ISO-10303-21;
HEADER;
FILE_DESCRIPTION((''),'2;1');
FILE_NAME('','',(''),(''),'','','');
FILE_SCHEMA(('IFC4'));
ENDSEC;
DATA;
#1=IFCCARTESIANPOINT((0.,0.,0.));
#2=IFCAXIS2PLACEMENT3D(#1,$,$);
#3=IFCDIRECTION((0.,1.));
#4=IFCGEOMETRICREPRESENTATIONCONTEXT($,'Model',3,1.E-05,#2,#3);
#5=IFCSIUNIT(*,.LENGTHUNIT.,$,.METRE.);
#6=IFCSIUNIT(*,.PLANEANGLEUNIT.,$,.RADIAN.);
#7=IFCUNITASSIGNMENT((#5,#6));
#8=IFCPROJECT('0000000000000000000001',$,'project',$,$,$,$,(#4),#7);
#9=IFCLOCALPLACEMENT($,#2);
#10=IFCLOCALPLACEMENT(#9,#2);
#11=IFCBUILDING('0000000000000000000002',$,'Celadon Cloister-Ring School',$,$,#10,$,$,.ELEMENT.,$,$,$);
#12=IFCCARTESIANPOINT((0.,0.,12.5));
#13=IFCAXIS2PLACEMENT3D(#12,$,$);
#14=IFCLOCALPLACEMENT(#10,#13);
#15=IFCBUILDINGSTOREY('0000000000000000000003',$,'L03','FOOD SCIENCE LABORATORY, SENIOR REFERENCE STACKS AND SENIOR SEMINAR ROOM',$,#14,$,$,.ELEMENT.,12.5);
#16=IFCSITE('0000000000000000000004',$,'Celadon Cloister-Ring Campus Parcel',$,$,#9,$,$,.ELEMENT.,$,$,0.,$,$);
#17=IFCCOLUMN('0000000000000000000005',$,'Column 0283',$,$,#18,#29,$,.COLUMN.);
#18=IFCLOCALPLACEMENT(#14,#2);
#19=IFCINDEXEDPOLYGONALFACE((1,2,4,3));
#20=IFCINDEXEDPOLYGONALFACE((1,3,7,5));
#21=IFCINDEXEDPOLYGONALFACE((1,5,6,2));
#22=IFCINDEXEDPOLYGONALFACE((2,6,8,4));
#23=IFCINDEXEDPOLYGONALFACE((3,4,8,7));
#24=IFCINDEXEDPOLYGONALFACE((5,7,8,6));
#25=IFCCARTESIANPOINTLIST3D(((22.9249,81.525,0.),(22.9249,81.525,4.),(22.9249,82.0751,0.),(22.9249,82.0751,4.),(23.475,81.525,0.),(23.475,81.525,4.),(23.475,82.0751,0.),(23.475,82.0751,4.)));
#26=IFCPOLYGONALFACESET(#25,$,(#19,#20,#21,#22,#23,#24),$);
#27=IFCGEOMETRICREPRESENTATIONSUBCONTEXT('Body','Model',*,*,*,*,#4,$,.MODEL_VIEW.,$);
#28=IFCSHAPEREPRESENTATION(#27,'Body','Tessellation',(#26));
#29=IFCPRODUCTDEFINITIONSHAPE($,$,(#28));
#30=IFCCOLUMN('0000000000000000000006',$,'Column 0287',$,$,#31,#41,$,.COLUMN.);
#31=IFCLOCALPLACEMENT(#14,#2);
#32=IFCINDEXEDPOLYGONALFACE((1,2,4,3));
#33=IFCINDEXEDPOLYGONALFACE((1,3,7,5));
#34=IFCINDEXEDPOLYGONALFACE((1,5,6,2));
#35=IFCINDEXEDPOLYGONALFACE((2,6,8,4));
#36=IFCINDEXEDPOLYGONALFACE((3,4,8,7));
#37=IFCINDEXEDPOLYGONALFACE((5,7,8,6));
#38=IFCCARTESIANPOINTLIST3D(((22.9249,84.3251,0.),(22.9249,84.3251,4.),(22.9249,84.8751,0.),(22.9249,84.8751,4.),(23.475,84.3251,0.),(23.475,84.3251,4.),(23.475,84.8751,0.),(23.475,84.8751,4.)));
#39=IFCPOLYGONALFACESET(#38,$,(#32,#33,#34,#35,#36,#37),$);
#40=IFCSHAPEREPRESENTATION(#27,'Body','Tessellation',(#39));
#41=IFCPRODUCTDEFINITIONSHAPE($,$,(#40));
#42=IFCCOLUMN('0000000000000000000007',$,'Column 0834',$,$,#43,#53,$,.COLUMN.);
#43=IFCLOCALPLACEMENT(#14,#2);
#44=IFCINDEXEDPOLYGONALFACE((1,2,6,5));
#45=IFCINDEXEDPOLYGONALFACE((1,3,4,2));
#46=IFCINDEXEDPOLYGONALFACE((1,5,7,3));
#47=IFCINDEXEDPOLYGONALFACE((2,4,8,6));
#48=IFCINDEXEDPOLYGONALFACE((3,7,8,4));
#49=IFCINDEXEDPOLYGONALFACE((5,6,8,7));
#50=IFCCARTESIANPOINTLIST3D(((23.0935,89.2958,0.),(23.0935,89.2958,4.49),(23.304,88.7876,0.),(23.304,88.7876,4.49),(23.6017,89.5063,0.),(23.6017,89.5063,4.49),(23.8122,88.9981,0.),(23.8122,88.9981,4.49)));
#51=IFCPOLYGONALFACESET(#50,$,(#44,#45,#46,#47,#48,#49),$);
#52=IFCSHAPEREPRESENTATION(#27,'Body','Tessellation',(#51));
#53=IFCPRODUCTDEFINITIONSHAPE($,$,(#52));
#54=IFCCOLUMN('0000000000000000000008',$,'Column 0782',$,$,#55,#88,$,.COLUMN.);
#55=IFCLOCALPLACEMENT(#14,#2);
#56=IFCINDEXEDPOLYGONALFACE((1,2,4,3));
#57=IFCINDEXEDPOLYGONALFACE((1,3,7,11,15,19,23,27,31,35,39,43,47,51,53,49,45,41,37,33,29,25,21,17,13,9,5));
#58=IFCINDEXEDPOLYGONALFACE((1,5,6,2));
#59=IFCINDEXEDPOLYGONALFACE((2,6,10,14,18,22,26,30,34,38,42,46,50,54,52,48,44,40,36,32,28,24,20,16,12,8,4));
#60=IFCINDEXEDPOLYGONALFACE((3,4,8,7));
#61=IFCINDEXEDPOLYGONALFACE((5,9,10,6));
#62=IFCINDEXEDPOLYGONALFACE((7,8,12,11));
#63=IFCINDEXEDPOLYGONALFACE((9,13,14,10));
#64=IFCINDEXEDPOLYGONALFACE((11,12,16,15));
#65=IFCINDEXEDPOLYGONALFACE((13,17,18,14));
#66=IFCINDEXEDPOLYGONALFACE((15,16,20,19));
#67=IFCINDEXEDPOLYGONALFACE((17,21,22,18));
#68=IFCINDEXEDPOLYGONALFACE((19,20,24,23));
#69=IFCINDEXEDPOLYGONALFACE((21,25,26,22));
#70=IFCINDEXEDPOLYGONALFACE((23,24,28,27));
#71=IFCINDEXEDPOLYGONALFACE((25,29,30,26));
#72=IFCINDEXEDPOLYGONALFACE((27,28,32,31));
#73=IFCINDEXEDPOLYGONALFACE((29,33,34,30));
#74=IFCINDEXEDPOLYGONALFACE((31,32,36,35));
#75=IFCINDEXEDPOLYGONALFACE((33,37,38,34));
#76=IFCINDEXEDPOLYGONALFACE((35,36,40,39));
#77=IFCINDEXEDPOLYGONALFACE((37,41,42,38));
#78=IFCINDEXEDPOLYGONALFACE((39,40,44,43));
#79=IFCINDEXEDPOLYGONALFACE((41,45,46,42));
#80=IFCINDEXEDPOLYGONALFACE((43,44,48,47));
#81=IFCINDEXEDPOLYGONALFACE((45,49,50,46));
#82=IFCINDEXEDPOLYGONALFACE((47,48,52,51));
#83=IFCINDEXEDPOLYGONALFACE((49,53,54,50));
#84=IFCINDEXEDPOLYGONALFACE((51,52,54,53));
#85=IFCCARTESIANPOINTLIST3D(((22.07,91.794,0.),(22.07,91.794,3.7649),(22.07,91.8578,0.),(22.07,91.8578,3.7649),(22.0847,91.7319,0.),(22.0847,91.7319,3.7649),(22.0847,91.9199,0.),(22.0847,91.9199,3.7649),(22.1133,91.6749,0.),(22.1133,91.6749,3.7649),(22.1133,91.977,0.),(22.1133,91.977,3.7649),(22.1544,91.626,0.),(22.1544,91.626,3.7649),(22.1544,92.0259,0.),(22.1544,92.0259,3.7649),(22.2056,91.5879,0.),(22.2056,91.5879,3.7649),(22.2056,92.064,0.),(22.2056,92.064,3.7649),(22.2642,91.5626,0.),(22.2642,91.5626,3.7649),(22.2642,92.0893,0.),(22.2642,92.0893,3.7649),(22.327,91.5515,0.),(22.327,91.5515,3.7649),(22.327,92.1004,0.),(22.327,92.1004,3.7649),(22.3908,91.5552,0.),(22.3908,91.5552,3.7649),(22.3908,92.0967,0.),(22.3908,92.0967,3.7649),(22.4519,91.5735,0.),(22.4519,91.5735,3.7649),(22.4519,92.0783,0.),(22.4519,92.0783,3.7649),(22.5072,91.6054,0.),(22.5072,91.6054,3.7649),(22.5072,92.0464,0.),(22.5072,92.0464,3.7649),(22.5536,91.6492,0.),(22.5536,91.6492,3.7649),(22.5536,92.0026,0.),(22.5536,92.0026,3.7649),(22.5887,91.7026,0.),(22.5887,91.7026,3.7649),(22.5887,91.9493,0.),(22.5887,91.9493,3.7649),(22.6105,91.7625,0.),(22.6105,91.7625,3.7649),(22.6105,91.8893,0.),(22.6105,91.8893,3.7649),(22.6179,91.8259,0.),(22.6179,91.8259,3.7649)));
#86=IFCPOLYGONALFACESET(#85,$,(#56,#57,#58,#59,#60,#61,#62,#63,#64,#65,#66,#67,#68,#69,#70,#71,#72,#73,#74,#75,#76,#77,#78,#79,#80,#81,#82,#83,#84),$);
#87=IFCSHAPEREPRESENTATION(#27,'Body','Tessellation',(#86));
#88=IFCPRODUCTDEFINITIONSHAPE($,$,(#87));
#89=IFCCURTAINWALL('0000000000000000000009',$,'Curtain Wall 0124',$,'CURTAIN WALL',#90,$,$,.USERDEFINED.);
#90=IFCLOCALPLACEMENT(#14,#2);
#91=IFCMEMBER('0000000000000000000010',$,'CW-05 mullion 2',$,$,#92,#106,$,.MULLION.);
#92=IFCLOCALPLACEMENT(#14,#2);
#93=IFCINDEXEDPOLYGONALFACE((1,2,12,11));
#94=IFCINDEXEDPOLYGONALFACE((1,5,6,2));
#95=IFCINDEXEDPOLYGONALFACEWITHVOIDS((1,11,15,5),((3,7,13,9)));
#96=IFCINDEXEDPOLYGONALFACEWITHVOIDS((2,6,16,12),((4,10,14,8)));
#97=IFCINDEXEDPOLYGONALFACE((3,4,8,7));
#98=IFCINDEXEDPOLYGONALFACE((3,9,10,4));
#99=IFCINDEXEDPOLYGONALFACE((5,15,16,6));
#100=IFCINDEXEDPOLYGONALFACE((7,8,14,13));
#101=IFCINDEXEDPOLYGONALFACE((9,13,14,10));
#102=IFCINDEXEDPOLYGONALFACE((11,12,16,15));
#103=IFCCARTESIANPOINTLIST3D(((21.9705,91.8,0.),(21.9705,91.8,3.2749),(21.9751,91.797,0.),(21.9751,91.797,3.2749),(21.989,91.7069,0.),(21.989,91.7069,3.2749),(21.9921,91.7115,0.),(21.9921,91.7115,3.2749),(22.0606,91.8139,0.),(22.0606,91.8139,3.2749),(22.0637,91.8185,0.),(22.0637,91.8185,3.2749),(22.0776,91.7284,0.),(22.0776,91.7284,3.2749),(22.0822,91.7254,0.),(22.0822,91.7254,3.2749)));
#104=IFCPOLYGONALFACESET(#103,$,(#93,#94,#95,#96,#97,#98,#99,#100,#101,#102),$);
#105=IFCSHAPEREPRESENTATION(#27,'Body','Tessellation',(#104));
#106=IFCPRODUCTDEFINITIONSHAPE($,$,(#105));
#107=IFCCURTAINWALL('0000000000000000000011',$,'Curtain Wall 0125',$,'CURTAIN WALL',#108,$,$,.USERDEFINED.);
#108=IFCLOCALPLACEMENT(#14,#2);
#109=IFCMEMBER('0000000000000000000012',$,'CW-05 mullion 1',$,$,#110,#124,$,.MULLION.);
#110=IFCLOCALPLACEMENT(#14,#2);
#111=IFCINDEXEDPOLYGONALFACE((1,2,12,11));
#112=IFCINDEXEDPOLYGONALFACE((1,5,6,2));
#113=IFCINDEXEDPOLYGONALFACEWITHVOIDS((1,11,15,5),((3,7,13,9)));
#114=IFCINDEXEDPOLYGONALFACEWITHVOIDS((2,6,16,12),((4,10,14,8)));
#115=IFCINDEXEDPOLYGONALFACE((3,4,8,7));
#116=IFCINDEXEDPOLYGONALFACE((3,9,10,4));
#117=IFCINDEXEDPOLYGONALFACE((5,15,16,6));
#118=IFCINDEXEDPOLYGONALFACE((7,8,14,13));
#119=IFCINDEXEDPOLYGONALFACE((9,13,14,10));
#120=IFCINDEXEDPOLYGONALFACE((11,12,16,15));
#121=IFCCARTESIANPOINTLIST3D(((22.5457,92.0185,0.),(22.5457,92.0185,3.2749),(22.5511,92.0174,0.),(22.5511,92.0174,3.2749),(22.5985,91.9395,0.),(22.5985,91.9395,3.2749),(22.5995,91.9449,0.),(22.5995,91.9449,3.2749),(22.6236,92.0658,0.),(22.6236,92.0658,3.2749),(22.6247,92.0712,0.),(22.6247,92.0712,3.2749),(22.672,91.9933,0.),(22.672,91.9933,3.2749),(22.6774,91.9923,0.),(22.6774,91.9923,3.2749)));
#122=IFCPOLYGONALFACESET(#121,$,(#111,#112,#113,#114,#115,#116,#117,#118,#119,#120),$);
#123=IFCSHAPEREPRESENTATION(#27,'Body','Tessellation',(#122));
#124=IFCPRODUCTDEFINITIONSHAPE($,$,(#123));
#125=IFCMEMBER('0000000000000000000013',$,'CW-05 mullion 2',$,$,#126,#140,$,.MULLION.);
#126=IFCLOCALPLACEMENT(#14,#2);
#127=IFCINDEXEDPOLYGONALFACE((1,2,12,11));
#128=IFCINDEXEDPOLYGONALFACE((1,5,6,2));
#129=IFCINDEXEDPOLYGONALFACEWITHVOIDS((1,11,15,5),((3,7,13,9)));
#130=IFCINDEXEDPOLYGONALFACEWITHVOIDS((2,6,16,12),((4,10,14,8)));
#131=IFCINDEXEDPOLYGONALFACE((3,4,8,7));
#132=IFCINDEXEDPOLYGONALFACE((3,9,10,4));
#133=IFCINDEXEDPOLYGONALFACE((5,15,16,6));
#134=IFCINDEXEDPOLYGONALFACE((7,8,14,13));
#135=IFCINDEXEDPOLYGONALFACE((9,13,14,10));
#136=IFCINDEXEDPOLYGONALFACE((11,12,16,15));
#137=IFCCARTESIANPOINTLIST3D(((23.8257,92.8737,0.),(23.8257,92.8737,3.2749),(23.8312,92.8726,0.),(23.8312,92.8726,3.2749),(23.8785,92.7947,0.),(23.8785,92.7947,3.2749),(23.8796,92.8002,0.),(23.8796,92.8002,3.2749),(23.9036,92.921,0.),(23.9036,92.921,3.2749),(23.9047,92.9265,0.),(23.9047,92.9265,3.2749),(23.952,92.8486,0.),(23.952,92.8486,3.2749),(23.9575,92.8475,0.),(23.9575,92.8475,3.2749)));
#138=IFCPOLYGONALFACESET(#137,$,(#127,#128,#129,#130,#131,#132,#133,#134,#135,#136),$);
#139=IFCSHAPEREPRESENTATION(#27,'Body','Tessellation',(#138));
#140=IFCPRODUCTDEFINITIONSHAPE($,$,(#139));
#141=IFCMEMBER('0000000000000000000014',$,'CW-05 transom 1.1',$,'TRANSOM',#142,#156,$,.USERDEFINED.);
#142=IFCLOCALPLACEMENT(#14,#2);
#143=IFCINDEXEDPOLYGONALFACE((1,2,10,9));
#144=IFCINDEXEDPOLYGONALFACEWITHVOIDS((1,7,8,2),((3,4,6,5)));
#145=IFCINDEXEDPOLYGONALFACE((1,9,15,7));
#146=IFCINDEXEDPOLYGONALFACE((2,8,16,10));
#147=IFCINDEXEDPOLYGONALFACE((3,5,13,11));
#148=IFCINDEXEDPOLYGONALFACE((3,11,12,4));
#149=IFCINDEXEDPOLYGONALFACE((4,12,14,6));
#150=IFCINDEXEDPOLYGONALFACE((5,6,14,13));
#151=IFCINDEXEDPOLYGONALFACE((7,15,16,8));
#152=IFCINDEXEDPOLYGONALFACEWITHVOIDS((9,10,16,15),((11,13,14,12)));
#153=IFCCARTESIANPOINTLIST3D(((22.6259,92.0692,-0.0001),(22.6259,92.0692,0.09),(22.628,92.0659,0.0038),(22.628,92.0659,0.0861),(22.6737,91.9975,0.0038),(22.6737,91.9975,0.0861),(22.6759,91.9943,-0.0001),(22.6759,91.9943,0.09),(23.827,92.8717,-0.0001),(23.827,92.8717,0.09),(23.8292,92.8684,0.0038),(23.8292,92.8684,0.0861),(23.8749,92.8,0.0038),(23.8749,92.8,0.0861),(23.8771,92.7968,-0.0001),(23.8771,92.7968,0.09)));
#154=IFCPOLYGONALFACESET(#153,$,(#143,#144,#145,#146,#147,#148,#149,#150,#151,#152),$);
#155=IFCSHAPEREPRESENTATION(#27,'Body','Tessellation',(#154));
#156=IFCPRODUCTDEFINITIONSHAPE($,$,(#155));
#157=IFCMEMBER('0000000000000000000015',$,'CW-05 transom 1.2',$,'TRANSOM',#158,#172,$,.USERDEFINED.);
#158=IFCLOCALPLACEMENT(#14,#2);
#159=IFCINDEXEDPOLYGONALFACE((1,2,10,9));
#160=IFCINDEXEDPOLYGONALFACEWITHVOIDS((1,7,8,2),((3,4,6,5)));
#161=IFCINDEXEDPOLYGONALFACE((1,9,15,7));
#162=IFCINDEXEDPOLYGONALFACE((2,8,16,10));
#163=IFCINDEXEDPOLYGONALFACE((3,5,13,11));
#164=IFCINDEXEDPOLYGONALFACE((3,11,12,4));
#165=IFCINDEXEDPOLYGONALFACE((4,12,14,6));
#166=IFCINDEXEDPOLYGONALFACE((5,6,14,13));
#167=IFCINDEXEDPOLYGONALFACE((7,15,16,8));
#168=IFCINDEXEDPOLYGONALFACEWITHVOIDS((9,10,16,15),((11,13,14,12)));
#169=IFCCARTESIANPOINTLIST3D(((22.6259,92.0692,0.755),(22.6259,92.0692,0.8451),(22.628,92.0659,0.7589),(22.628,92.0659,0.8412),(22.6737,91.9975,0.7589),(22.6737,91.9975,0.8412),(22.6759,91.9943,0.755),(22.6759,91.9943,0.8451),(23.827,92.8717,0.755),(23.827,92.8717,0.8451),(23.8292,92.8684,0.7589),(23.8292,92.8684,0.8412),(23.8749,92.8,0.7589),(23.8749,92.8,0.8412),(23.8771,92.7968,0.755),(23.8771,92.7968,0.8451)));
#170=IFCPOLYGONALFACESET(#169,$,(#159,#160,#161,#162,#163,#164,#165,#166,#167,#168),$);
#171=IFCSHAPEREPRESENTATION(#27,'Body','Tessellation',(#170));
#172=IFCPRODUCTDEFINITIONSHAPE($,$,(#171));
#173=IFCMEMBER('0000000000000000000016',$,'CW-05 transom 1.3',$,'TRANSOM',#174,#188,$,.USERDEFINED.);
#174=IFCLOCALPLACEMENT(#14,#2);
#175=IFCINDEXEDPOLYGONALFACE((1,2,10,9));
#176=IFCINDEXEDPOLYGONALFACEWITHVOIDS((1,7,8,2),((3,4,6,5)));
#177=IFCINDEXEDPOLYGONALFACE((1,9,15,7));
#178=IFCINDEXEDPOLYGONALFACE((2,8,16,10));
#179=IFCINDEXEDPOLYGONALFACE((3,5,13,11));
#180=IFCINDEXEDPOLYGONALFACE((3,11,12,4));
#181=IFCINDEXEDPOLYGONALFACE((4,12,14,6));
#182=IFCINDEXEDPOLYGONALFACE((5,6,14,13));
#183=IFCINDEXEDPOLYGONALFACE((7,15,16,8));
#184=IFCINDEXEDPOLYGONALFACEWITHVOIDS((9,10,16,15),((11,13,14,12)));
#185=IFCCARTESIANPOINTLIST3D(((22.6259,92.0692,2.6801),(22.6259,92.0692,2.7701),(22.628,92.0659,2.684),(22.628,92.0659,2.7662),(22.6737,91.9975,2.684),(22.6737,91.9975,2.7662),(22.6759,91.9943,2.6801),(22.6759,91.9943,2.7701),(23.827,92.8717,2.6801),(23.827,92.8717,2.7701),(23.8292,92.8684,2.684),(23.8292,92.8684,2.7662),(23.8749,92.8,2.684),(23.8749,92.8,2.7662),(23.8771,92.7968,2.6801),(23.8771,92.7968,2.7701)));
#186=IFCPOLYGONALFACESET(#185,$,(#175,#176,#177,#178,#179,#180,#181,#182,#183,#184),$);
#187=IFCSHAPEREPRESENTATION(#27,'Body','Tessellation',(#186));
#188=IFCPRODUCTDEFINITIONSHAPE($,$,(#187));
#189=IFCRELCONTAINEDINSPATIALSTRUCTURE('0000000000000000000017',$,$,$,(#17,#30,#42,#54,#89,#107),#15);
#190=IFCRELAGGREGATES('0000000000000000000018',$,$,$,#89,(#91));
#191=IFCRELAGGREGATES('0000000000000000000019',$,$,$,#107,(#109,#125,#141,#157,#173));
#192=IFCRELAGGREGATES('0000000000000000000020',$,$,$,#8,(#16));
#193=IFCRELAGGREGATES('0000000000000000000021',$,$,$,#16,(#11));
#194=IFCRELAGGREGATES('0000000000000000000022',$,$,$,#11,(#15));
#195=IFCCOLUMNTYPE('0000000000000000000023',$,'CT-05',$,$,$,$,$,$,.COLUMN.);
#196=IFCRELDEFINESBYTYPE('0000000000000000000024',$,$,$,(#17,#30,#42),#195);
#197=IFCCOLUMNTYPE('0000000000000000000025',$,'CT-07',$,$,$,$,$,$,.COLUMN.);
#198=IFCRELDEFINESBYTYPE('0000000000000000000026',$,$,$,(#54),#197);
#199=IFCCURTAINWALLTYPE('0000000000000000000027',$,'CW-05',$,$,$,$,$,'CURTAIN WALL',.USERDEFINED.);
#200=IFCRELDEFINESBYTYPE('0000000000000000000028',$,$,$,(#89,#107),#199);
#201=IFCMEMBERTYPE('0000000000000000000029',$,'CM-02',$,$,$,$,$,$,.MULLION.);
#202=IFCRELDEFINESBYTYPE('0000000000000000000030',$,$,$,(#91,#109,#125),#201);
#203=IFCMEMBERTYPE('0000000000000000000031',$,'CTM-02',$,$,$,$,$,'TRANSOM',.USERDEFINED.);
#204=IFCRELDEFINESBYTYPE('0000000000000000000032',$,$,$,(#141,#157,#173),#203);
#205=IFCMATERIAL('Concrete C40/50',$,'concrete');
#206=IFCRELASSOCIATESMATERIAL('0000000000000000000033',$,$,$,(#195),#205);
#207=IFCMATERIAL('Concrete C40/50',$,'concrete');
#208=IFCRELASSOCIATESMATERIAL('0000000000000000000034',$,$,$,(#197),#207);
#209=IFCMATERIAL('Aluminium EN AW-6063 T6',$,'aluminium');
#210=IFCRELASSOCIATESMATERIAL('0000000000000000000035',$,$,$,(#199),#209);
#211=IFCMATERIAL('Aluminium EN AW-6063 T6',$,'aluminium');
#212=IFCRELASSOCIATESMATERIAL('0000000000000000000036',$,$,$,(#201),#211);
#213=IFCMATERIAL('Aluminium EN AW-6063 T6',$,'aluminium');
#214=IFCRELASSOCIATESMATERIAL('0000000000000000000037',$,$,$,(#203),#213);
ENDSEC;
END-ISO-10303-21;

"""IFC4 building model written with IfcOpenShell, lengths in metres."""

from ifc_helpers import new_model, si_unit, direction, frame, origin, origin_2d, place, context, subcontext, project, spatial, rectangle, hollow_rectangle, circle, extrude, material, material_profile, profile_set, type_object, element, aggregate, save


model = new_model("IFC4")

# Units and contexts
model_context = context("Model", 3, precision=1e-05, world=origin(), true_north=direction((0.0, 1.0)))
body_context = subcontext(model_context, "Body", "Model", "MODEL_VIEW")
ifc_project = project(units=[si_unit("LENGTHUNIT", "METRE"), si_unit("PLANEANGLEUNIT", "RADIAN")], contexts=[model_context])

# Site, building, storey
site_placement = place(None, origin())
site = spatial("IfcSite", under=ifc_project, at=site_placement, Name="Celadon Cloister-Ring Campus Parcel", CompositionType="ELEMENT", RefElevation=0.0)
building_placement = place(site_placement, origin())
building = spatial("IfcBuilding", under=site, at=building_placement, Name="Celadon Cloister-Ring School", CompositionType="ELEMENT")
storey_placement = place(building_placement, frame((0.0, 0.0, 12.5)))
storey = spatial("IfcBuildingStorey", under=building, at=storey_placement, Name="L03", Description="FOOD SCIENCE LABORATORY, SENIOR REFERENCE STACKS AND SENIOR SEMINAR ROOM", CompositionType="ELEMENT", Elevation=12.5)

# Columns
ifc_material_1 = material(Name="Concrete C40/50", Category="concrete")
ifc_material_profile_1 = material_profile(ifc_material_1, rectangle(XDim=0.55, YDim=0.55, at=origin_2d()), Name="RC550X550")
ifc_profile_set_1 = profile_set([ifc_material_profile_1], Name="Concrete C40/50")
column_type_1 = type_object("IfcColumnType", Name="CT-05", PredefinedType="COLUMN", material=ifc_profile_set_1)
for number, where, z_axis, x_axis, name in (
    (1, (23.2, 81.8, 0.0), (0.0, 0.0, 1.0), (1.0, 0.0, 0.0), "Column 0283"),
    (2, (23.2, 84.6001, 0.0), (0.0, 0.0, 1.0), (1.0, 0.0, 0.0), "Column 0287"),
):
    element("IfcColumn", number, at=place(storey_placement, frame(where, z_axis=z_axis, x_axis=x_axis)), inside=storey, type_object=column_type_1, Name=name, PredefinedType="COLUMN", context=body_context, shape_type="SweptSolid", body=[
        extrude(rectangle(XDim=0.55, YDim=0.55, at=origin_2d()), origin(), (0.0, 0.0, 1.0), 4.0),
    ])
column_1_placement = place(storey_placement, frame((23.4529, 89.147, 0.0), z_axis=(0.0, 0.0, 1.0), x_axis=(0.382683, -0.92388, 0.0)))
element("IfcColumn", 3, at=column_1_placement, inside=storey, type_object=column_type_1, Name="Column 0834", PredefinedType="COLUMN", context=body_context, shape_type="SweptSolid", body=[
    extrude(rectangle(XDim=0.55, YDim=0.55, at=origin_2d()), origin(), (0.0, 0.0, 1.0), 4.49),
])
ifc_material_2 = material(Name="Concrete C40/50", Category="concrete")
ifc_material_profile_2 = material_profile(ifc_material_2, circle(Radius=0.2749, at=origin_2d()), Name="CIRC550")
ifc_profile_set_2 = profile_set([ifc_material_profile_2], Name="Concrete C40/50")
column_type_2 = type_object("IfcColumnType", Name="CT-07", PredefinedType="COLUMN", material=ifc_profile_set_2)
column_2_placement = place(storey_placement, frame((22.343, 91.8259, 0.0), z_axis=(0.0, 0.0, 1.0), x_axis=(1.0, 0.0, 0.0)))
element("IfcColumn", 4, at=column_2_placement, inside=storey, type_object=column_type_2, Name="Column 0782", PredefinedType="COLUMN", context=body_context, shape_type="SweptSolid", body=[
    extrude(circle(Radius=0.2749, at=origin_2d()), origin(), (0.0, 0.0, 1.0), 3.7649),
])

# Curtain wall, member
ifc_material_3 = material(Name="Aluminium EN AW-6063 T6", Category="aluminium")
curtain_wall_type = type_object("IfcCurtainWallType", Name="CW-05", ElementType="CURTAIN WALL", PredefinedType="USERDEFINED", material=ifc_material_3)
curtain_wall_1_placement = place(storey_placement, origin())
curtain_wall_1 = element("IfcCurtainWall", 5, at=curtain_wall_1_placement, inside=storey, type_object=curtain_wall_type, Name="Curtain Wall 0124", ObjectType="CURTAIN WALL", PredefinedType="USERDEFINED")
ifc_material_4 = material(Name="Aluminium EN AW-6063 T6", Category="aluminium")
ifc_material_profile_3 = material_profile(ifc_material_4, hollow_rectangle(XDim=0.095, YDim=0.095, WallThickness=0.0039, at=origin_2d()), Name="RHS95X95X4")
ifc_profile_set_3 = profile_set([ifc_material_profile_3], Name="Aluminium EN AW-6063 T6")
member_type_1 = type_object("IfcMemberType", Name="CM-02", PredefinedType="MULLION", material=ifc_profile_set_3)
member_1_placement = place(storey_placement, frame((22.0264, 91.7627, 0.0), z_axis=(0.0, 0.0, 1.0), x_axis=(-0.194586, 0.980885, 0.0)))
member_1 = element("IfcMember", 6, at=member_1_placement, type_object=member_type_1, Name="CW-05 mullion 2", PredefinedType="MULLION", context=body_context, shape_type="SweptSolid", body=[
    extrude(hollow_rectangle(XDim=0.095, YDim=0.095, WallThickness=0.0039, at=origin_2d()), origin(), (0.0, 0.0, 1.0), 3.2749),
])
aggregate(curtain_wall_1, [member_1])

# Curtain wall, members
curtain_wall_2_placement = place(storey_placement, origin())
curtain_wall_2 = element("IfcCurtainWall", 7, at=curtain_wall_2_placement, inside=storey, type_object=curtain_wall_type, Name="Curtain Wall 0125", ObjectType="CURTAIN WALL", PredefinedType="USERDEFINED")
member_2_placement = place(storey_placement, frame((22.6116, 92.0054, 0.0), z_axis=(0.0, 0.0, 1.0), x_axis=(-0.555547, 0.831485, 0.0)))
member_2 = element("IfcMember", 8, at=member_2_placement, type_object=member_type_1, Name="CW-05 mullion 1", PredefinedType="MULLION", context=body_context, shape_type="SweptSolid", body=[
    extrude(hollow_rectangle(XDim=0.095, YDim=0.095, WallThickness=0.0039, at=origin_2d()), origin(), (0.0, 0.0, 1.0), 3.2749),
])
member_3_placement = place(storey_placement, frame((23.8916, 92.8606, 0.0), z_axis=(0.0, 0.0, 1.0), x_axis=(-0.555547, 0.831485, 0.0)))
member_3 = element("IfcMember", 9, at=member_3_placement, type_object=member_type_1, Name="CW-05 mullion 2", PredefinedType="MULLION", context=body_context, shape_type="SweptSolid", body=[
    extrude(hollow_rectangle(XDim=0.095, YDim=0.095, WallThickness=0.0039, at=origin_2d()), origin(), (0.0, 0.0, 1.0), 3.2749),
])
ifc_material_5 = material(Name="Aluminium EN AW-6063 T6", Category="aluminium")
ifc_material_profile_4 = material_profile(ifc_material_5, hollow_rectangle(XDim=0.0901, YDim=0.0901, WallThickness=0.0039, at=origin_2d()), Name="RHS90X90X4")
ifc_profile_set_4 = profile_set([ifc_material_profile_4], Name="Aluminium EN AW-6063 T6")
member_type_2 = type_object("IfcMemberType", Name="CTM-02", ElementType="TRANSOM", PredefinedType="USERDEFINED", material=ifc_profile_set_4)
member_4_placement = place(storey_placement, frame((22.6509, 92.0317, 0.0449), z_axis=(0.831504, 0.555519, 0.0), x_axis=(-0.555519, 0.831504, 0.0)))
member_4 = element("IfcMember", 10, at=member_4_placement, type_object=member_type_2, Name="CW-05 transom 1.1", ObjectType="TRANSOM", PredefinedType="USERDEFINED", context=body_context, shape_type="SweptSolid", body=[
    extrude(hollow_rectangle(XDim=0.0901, YDim=0.0901, WallThickness=0.0039, at=origin_2d()), origin(), (0.0, 0.0, 1.0), 1.4446),
])
member_5_placement = place(storey_placement, frame((22.6509, 92.0317, 0.8), z_axis=(0.831504, 0.555519, 0.0), x_axis=(-0.555519, 0.831504, 0.0)))
member_5 = element("IfcMember", 11, at=member_5_placement, type_object=member_type_2, Name="CW-05 transom 1.2", ObjectType="TRANSOM", PredefinedType="USERDEFINED", context=body_context, shape_type="SweptSolid", body=[
    extrude(hollow_rectangle(XDim=0.0901, YDim=0.0901, WallThickness=0.0039, at=origin_2d()), origin(), (0.0, 0.0, 1.0), 1.4446),
])
member_6_placement = place(storey_placement, frame((22.6509, 92.0317, 2.7251), z_axis=(0.831504, 0.555519, 0.0), x_axis=(-0.555519, 0.831504, 0.0)))
member_6 = element("IfcMember", 12, at=member_6_placement, type_object=member_type_2, Name="CW-05 transom 1.3", ObjectType="TRANSOM", PredefinedType="USERDEFINED", context=body_context, shape_type="SweptSolid", body=[
    extrude(hollow_rectangle(XDim=0.0901, YDim=0.0901, WallThickness=0.0039, at=origin_2d()), origin(), (0.0, 0.0, 1.0), 1.4446),
])

aggregate(curtain_wall_2, [member_2, member_3, member_4, member_5, member_6])

save(model, "model.ifc")
